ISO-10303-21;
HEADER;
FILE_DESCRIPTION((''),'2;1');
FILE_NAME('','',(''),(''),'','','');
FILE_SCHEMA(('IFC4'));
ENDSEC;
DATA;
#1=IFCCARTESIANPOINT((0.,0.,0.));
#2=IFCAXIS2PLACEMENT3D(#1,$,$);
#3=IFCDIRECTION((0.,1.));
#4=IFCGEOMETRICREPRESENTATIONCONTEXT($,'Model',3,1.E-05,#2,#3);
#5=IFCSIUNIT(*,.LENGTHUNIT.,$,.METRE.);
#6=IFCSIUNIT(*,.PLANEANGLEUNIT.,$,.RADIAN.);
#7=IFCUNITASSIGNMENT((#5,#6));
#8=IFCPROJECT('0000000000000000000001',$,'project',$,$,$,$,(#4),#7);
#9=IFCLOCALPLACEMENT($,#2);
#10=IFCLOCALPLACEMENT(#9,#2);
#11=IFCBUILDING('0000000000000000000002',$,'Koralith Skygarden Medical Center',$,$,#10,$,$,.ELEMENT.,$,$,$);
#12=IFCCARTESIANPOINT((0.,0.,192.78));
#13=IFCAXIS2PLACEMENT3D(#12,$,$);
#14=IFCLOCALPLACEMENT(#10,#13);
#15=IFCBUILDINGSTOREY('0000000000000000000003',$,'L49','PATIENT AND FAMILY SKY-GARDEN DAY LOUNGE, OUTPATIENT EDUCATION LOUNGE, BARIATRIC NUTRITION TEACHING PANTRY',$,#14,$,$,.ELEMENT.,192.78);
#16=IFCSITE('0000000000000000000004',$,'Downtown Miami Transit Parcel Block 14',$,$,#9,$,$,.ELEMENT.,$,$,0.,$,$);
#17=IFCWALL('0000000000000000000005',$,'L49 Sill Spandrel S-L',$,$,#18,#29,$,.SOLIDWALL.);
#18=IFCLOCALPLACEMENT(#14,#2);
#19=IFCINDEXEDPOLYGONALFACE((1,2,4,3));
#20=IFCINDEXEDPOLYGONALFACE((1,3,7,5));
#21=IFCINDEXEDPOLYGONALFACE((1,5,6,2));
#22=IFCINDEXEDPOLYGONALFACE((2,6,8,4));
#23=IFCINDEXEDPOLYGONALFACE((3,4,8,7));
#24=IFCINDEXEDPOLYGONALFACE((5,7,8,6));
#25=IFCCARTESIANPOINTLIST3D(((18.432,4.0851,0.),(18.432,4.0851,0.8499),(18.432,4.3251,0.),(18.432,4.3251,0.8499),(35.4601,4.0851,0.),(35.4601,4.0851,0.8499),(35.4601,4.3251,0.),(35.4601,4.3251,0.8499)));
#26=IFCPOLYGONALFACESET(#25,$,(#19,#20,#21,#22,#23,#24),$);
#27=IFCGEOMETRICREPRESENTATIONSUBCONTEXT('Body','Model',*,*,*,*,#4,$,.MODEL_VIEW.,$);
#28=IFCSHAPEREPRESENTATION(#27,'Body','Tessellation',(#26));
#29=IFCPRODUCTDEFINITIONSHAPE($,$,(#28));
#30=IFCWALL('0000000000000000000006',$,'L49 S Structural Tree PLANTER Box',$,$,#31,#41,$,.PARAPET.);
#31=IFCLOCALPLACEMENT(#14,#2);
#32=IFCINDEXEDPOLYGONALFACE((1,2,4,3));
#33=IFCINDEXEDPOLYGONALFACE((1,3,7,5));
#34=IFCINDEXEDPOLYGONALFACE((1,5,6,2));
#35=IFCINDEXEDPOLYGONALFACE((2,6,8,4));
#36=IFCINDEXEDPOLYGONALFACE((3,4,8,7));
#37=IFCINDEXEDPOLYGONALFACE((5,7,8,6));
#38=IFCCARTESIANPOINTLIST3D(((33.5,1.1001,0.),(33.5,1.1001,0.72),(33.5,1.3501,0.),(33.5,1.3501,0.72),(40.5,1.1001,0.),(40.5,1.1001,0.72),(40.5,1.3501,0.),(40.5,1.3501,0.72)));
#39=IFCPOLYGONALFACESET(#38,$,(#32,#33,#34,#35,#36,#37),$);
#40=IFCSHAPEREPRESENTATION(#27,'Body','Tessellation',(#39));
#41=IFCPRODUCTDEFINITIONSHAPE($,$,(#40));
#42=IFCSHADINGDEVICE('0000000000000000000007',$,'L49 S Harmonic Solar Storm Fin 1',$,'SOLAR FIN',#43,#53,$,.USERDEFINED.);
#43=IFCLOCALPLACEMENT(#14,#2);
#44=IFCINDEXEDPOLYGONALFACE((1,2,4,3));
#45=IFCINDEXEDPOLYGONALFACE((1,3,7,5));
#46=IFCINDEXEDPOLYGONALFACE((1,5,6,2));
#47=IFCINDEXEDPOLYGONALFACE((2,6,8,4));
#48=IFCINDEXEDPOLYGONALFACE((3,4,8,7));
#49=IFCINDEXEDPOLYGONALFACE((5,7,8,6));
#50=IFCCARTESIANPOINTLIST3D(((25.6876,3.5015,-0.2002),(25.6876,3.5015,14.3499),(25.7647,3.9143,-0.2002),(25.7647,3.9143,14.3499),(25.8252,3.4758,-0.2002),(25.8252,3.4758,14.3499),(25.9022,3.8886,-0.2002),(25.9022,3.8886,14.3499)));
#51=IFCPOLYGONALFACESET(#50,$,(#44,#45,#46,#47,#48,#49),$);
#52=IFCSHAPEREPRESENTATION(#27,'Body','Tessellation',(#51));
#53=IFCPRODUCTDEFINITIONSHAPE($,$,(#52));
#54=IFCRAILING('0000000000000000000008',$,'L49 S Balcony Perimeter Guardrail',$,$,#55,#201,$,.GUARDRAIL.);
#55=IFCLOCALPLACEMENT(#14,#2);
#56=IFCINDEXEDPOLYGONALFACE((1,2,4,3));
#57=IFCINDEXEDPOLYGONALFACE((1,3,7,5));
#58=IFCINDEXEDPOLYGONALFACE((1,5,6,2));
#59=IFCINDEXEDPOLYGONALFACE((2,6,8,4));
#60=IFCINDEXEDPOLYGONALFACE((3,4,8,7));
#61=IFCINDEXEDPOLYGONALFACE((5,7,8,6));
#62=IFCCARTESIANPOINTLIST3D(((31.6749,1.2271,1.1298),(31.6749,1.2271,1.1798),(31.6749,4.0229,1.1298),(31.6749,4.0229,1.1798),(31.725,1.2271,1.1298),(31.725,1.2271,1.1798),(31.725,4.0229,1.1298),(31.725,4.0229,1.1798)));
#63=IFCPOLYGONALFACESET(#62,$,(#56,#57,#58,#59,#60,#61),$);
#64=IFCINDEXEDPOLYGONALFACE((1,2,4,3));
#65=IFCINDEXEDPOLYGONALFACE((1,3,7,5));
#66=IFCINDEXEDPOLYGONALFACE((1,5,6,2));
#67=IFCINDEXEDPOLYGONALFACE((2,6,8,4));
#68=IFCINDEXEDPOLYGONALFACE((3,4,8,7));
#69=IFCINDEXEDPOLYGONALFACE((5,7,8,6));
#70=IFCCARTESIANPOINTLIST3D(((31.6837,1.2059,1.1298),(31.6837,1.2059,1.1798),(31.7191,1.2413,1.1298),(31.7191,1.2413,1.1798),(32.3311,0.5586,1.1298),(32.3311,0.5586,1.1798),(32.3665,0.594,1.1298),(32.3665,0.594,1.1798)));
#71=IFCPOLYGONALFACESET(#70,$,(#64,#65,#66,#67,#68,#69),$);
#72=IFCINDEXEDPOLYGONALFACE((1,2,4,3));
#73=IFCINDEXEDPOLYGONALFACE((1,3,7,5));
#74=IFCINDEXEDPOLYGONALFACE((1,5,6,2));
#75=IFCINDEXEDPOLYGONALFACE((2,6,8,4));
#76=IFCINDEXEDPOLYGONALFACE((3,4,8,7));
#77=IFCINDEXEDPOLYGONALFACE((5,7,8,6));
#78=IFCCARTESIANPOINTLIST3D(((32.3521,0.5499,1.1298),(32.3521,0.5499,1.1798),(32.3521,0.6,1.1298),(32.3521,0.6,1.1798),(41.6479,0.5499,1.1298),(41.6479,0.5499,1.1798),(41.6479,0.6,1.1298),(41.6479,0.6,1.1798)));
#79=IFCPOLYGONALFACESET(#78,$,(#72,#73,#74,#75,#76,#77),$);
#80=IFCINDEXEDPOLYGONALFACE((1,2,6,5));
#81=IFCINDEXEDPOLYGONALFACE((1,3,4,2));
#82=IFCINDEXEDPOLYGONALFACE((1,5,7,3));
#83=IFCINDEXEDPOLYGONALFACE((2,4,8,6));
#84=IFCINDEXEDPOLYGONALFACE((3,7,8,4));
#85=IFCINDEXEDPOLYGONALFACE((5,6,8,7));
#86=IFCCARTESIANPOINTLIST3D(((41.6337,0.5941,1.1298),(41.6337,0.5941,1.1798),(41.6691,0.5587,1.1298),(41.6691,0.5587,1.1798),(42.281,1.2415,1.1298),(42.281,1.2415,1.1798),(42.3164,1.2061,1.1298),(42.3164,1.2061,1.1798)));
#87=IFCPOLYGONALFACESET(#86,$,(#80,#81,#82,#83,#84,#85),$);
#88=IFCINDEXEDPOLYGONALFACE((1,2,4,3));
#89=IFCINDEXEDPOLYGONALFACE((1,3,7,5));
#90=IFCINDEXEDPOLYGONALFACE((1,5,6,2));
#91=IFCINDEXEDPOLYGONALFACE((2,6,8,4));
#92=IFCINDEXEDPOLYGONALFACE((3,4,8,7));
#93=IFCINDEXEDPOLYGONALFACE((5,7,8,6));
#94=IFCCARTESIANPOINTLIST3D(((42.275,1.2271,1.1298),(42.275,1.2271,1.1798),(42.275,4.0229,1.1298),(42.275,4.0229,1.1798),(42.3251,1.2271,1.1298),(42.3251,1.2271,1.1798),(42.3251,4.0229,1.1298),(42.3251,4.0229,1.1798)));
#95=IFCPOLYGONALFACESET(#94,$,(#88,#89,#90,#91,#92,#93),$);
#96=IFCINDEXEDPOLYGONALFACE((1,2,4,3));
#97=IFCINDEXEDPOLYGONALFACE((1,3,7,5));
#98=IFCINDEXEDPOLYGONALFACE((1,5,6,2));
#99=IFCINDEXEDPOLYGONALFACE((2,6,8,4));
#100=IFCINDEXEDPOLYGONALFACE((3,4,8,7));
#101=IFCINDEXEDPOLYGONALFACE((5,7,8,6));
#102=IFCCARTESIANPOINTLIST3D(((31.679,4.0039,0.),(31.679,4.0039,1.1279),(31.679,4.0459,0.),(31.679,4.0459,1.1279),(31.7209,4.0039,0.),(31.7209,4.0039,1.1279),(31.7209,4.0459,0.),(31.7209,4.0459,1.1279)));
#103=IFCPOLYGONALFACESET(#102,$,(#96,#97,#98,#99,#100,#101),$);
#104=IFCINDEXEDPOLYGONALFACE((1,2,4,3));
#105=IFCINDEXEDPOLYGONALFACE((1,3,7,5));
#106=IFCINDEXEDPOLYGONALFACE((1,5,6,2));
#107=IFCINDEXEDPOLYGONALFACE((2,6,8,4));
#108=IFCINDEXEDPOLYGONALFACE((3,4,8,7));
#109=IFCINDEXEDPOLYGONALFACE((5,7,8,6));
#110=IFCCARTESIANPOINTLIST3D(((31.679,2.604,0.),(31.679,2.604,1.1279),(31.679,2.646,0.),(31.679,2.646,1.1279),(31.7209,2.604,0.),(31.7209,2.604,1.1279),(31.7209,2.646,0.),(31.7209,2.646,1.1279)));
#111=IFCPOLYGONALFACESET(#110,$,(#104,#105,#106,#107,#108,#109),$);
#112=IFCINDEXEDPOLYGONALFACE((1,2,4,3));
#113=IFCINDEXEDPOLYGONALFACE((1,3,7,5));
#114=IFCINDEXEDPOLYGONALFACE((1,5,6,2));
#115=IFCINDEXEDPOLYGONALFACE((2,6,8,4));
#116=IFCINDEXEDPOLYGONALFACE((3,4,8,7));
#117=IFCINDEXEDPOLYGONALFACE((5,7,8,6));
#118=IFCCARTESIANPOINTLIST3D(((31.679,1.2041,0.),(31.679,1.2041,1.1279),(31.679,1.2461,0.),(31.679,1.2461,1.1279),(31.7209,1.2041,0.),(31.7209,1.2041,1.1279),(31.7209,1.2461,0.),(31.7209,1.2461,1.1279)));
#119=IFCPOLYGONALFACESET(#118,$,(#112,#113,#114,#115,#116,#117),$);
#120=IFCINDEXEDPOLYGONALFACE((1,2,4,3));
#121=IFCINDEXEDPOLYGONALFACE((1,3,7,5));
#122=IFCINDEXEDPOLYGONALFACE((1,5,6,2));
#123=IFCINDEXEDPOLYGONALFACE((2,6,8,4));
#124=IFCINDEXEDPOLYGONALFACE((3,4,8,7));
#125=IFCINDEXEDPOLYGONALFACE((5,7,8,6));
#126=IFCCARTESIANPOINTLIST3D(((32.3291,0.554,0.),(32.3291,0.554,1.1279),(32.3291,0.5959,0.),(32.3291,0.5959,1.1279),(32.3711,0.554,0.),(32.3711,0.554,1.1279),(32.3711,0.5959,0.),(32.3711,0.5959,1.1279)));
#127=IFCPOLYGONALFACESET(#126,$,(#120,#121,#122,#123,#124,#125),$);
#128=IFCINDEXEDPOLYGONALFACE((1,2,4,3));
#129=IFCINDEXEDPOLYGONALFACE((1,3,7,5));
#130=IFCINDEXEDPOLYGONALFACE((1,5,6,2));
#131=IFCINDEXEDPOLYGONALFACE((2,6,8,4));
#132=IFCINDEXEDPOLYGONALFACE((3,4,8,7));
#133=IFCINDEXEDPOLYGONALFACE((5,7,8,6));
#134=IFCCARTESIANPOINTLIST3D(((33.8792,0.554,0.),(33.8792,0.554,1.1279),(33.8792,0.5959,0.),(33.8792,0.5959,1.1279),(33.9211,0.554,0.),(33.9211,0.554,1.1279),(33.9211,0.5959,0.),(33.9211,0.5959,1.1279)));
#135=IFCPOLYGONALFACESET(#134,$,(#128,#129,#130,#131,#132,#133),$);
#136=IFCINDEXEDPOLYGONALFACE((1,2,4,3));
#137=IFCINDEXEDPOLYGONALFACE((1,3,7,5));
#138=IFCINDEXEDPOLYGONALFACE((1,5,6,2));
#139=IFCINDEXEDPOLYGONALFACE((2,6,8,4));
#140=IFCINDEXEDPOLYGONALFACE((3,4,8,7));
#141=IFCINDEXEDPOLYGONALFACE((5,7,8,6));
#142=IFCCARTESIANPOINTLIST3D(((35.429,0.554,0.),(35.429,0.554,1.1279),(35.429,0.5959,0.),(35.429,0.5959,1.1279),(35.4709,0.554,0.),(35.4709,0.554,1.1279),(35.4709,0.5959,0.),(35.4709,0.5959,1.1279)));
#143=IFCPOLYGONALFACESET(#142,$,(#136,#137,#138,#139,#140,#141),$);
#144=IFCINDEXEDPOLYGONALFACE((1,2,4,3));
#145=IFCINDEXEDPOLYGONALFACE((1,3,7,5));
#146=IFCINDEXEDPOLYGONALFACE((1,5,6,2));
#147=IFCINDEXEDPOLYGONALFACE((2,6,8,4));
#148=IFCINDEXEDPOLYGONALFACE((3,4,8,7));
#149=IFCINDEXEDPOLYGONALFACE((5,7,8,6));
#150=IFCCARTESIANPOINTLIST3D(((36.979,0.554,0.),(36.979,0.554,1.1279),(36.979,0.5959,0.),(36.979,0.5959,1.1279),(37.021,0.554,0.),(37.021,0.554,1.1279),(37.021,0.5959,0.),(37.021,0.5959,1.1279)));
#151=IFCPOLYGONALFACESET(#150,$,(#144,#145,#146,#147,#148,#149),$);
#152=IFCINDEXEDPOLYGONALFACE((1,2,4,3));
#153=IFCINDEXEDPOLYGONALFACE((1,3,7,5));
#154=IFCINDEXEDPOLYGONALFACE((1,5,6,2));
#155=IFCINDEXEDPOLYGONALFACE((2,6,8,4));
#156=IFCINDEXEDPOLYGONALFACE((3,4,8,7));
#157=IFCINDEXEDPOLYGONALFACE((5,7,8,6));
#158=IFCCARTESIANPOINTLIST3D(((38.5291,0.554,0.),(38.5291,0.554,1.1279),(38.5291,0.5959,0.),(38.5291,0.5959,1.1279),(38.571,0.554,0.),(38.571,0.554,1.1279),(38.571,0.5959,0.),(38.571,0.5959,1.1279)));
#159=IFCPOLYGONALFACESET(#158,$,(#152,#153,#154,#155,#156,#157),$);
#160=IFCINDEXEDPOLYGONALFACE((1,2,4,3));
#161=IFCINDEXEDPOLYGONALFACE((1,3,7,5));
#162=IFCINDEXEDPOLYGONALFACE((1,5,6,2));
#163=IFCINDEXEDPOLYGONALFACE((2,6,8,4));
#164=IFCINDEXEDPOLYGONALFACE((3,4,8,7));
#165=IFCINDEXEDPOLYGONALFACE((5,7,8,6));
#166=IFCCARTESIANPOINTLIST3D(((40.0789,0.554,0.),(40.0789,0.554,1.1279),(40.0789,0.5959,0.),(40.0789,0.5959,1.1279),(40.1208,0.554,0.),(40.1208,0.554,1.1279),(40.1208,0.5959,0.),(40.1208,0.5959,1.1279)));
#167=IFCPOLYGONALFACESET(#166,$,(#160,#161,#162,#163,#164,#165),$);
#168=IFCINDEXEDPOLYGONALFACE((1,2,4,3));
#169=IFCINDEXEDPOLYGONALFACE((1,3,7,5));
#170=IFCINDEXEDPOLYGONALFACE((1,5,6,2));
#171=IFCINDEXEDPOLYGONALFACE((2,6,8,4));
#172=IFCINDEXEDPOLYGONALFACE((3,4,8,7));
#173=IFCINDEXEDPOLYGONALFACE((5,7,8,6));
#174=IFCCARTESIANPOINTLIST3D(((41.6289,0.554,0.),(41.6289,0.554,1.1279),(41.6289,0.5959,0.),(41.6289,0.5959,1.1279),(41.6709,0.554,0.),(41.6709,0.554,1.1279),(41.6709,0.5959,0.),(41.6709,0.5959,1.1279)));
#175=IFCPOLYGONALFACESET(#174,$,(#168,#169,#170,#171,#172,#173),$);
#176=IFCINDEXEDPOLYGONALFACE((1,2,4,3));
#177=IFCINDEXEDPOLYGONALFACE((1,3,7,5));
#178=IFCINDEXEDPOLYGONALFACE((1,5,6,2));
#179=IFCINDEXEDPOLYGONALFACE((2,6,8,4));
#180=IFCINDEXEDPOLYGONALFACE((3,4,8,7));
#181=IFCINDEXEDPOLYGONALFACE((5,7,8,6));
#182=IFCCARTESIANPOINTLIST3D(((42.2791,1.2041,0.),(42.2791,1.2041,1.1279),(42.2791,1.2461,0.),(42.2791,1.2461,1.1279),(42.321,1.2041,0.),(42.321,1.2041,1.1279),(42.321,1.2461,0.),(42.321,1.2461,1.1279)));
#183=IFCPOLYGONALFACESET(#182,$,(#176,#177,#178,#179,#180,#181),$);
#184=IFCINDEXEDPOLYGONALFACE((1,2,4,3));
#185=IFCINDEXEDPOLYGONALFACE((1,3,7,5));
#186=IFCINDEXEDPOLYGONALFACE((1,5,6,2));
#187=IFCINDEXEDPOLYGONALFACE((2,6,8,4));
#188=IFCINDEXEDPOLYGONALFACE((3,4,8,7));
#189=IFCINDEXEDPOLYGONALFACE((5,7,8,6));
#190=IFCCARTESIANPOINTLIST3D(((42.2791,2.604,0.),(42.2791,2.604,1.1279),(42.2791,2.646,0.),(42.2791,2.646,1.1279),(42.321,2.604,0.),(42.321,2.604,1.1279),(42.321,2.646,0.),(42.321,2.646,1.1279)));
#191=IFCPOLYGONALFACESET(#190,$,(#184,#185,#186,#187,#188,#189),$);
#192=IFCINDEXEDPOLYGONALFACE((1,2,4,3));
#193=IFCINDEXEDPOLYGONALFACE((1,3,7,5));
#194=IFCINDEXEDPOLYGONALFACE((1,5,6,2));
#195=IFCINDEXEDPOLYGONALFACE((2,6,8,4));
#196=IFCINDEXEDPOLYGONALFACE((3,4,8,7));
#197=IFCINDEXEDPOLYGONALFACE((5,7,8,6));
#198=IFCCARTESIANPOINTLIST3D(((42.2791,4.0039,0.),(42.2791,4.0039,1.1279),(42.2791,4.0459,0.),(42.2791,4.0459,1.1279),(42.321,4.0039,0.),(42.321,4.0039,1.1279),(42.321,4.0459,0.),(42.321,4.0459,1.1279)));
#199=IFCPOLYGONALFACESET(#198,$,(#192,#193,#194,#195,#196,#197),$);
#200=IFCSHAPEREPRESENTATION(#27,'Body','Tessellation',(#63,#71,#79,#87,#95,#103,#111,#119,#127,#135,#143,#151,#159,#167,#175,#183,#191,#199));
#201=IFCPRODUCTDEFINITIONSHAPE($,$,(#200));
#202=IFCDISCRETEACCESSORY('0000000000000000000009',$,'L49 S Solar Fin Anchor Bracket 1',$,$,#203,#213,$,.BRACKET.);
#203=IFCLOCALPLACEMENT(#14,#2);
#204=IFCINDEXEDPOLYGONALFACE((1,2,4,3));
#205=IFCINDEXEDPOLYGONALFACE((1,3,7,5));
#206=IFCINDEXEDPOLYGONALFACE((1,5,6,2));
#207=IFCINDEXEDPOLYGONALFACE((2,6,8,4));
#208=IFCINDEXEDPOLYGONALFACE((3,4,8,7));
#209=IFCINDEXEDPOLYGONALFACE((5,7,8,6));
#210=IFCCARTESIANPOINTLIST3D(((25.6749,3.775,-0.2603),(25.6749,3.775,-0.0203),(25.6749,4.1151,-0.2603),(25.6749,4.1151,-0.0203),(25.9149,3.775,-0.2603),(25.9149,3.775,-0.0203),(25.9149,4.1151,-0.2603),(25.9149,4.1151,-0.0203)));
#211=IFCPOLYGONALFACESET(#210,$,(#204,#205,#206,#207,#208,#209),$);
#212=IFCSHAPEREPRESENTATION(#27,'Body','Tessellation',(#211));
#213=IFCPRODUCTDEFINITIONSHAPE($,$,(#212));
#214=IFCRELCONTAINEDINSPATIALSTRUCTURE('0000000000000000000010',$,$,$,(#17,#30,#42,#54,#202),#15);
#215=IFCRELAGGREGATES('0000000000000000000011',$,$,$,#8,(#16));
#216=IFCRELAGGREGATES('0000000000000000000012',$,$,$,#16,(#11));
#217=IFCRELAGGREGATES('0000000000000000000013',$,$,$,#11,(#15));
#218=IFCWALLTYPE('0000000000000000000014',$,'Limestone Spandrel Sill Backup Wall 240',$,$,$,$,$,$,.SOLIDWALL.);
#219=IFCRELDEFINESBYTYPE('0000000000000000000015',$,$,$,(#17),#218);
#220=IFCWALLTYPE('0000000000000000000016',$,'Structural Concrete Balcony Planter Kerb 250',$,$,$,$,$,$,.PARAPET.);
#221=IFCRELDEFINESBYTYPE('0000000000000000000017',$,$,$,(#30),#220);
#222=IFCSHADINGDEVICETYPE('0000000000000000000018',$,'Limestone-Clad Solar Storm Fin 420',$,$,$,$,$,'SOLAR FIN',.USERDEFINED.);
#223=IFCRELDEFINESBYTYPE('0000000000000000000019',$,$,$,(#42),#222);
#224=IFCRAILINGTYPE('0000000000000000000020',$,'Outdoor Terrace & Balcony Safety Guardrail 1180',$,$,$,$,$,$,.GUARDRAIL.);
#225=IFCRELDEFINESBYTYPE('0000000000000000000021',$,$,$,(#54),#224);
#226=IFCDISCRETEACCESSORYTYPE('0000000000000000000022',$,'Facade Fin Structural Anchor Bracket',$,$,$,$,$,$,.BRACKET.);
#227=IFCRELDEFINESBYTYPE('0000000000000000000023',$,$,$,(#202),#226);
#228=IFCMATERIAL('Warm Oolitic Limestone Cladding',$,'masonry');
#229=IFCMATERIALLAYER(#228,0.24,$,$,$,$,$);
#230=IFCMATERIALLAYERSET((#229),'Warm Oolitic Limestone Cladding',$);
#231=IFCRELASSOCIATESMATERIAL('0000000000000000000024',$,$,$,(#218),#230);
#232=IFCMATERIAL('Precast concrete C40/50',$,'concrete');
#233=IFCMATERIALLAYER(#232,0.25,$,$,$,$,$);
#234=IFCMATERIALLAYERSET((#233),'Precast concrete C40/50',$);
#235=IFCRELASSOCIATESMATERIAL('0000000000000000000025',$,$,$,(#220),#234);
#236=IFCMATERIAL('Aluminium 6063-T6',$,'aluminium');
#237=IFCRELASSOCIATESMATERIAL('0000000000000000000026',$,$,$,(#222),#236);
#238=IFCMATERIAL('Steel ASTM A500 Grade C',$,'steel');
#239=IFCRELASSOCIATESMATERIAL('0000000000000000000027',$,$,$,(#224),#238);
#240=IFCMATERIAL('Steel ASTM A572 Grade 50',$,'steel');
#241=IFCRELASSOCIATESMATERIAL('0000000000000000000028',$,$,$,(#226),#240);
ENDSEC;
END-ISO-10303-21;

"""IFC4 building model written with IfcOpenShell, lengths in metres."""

from ifc_helpers import new_model, si_unit, direction, frame, frame_2d, origin, origin_2d, place, context, subcontext, project, spatial, rectangle, extrude, material, layer, layer_set, type_object, element, save


model = new_model("IFC4")

# Units and contexts
model_context = context("Model", 3, precision=1e-05, world=origin(), true_north=direction((0.0, 1.0)))
body_context = subcontext(model_context, "Body", "Model", "MODEL_VIEW")
ifc_project = project(units=[si_unit("LENGTHUNIT", "METRE"), si_unit("PLANEANGLEUNIT", "RADIAN")], contexts=[model_context])

# Site, building, storey
site_placement = place(None, origin())
site = spatial("IfcSite", under=ifc_project, at=site_placement, Name="Downtown Miami Transit Parcel Block 14", CompositionType="ELEMENT", RefElevation=0.0)
building_placement = place(site_placement, origin())
building = spatial("IfcBuilding", under=site, at=building_placement, Name="Koralith Skygarden Medical Center", CompositionType="ELEMENT")
storey_placement = place(building_placement, frame((0.0, 0.0, 192.78)))
storey = spatial("IfcBuildingStorey", under=building, at=storey_placement, Name="L49", Description="PATIENT AND FAMILY SKY-GARDEN DAY LOUNGE, OUTPATIENT EDUCATION LOUNGE, BARIATRIC NUTRITION TEACHING PANTRY", CompositionType="ELEMENT", Elevation=192.78)

# Shared definitions
ifc_material_1 = material(Name="Aluminium 6063-T6", Category="aluminium")

# Shared definitions
ifc_material_2 = material(Name="Warm Oolitic Limestone Cladding", Category="masonry")

# Walls
ifc_layer_1 = layer(ifc_material_2, 0.24)
ifc_layer_set_1 = layer_set([ifc_layer_1], Name="Warm Oolitic Limestone Cladding")
wall_type_1 = type_object("IfcWallType", Name="Limestone Spandrel Sill Backup Wall 240", PredefinedType="SOLIDWALL", material=ifc_layer_set_1)
wall_1_placement = place(storey_placement, frame((18.4319, 4.2051, 0.0), z_axis=(0.0, 0.0, 1.0), x_axis=(1.0, 0.0, 0.0)))
element("IfcWall", 1, at=wall_1_placement, inside=storey, type_object=wall_type_1, Name="L49 Sill Spandrel S-L", PredefinedType="SOLIDWALL", context=body_context, shape_type="SweptSolid", body=[
    extrude(rectangle(XDim=17.0281, YDim=0.24, at=frame_2d((8.5142, 0.0))), origin(), (0.0, 0.0, 1.0), 0.8499),
])
ifc_material_3 = material(Name="Precast concrete C40/50", Category="concrete")
ifc_layer_2 = layer(ifc_material_3, 0.25)
ifc_layer_set_2 = layer_set([ifc_layer_2], Name="Precast concrete C40/50")
wall_type_2 = type_object("IfcWallType", Name="Structural Concrete Balcony Planter Kerb 250", PredefinedType="PARAPET", material=ifc_layer_set_2)
wall_2_placement = place(storey_placement, frame((33.5, 1.2251, 0.0), z_axis=(0.0, 0.0, 1.0), x_axis=(1.0, 0.0, 0.0)))
element("IfcWall", 2, at=wall_2_placement, inside=storey, type_object=wall_type_2, Name="L49 S Structural Tree PLANTER Box", PredefinedType="PARAPET", context=body_context, shape_type="SweptSolid", body=[
    extrude(rectangle(XDim=7.0, YDim=0.25, at=frame_2d((3.5, 0.0))), origin(), (0.0, 0.0, 1.0), 0.72),
])

# Shading device
shading_device_type = type_object("IfcShadingDeviceType", Name="Limestone-Clad Solar Storm Fin 420", ElementType="SOLAR FIN", PredefinedType="USERDEFINED", material=ifc_material_1)
shading_device_placement = place(storey_placement, frame((25.7949, 3.6951, -0.2002), z_axis=(0.0, 0.0, 1.0), x_axis=(-0.183505, -0.983019, 0.0)))
element("IfcShadingDevice", 3, at=shading_device_placement, inside=storey, type_object=shading_device_type, Name="L49 S Harmonic Solar Storm Fin 1", ObjectType="SOLAR FIN", PredefinedType="USERDEFINED", context=body_context, shape_type="SweptSolid", body=[
    extrude(rectangle(XDim=0.4199, YDim=0.1399, at=origin_2d()), origin(), (0.0, 0.0, 1.0), 14.55),
])

# Railing
ifc_material_4 = material(Name="Steel ASTM A500 Grade C", Category="steel")
railing_type = type_object("IfcRailingType", Name="Outdoor Terrace & Balcony Safety Guardrail 1180", PredefinedType="GUARDRAIL", material=ifc_material_4)
railing_placement = place(storey_placement, frame((31.7, 4.0249, 0.0)))
element("IfcRailing", 4, at=railing_placement, inside=storey, type_object=railing_type, Name="L49 S Balcony Perimeter Guardrail", PredefinedType="GUARDRAIL", context=body_context, shape_type="SweptSolid", body=[
    extrude(rectangle(XDim=0.05, YDim=0.05, at=origin_2d()), frame((0.0, -0.002, 1.1548), z_axis=(0.0, -1.0, 0.0), x_axis=(1.0, 0.0, 0.0)), (0.0, 0.0, 1.0), 2.7959),
    extrude(rectangle(XDim=0.05, YDim=0.05, at=origin_2d()), frame((0.0015, -2.8013, 1.1548), z_axis=(0.707107, -0.707107, 0.0), x_axis=(0.707107, 0.707107, 0.0)), (0.0, 0.0, 1.0), 0.9155),
    extrude(rectangle(XDim=0.05, YDim=0.05, at=origin_2d()), frame((0.6521, -3.45, 1.1548), z_axis=(1.0, 0.0, 0.0), x_axis=(0.0, 1.0, 0.0)), (0.0, 0.0, 1.0), 9.2959),
    extrude(rectangle(XDim=0.05, YDim=0.05, at=origin_2d()), frame((9.9514, -3.4485, 1.1548), z_axis=(0.707107, 0.707107, 0.0), x_axis=(-0.707107, 0.707107, 0.0)), (0.0, 0.0, 1.0), 0.9155),
    extrude(rectangle(XDim=0.05, YDim=0.05, at=origin_2d()), frame((10.6001, -2.7979, 1.1548), z_axis=(0.0, 1.0, 0.0), x_axis=(-1.0, 0.0, 0.0)), (0.0, 0.0, 1.0), 2.7959),
    extrude(rectangle(XDim=0.042, YDim=0.042, at=origin_2d()), origin(), (0.0, 0.0, 1.0), 1.1279),
    extrude(rectangle(XDim=0.042, YDim=0.042, at=origin_2d()), frame((0.0, -1.3999, 0.0)), (0.0, 0.0, 1.0), 1.1279),
    extrude(rectangle(XDim=0.042, YDim=0.042, at=origin_2d()), frame((0.0, -2.7998, 0.0)), (0.0, 0.0, 1.0), 1.1279),
    extrude(rectangle(XDim=0.042, YDim=0.042, at=origin_2d()), frame((0.6501, -3.45, 0.0)), (0.0, 0.0, 1.0), 1.1279),
    extrude(rectangle(XDim=0.042, YDim=0.042, at=origin_2d()), frame((2.2002, -3.45, 0.0)), (0.0, 0.0, 1.0), 1.1279),
    extrude(rectangle(XDim=0.042, YDim=0.042, at=origin_2d()), frame((3.75, -3.45, 0.0)), (0.0, 0.0, 1.0), 1.1279),
    extrude(rectangle(XDim=0.042, YDim=0.042, at=origin_2d()), frame((5.3, -3.45, 0.0)), (0.0, 0.0, 1.0), 1.1279),
    extrude(rectangle(XDim=0.042, YDim=0.042, at=origin_2d()), frame((6.8501, -3.45, 0.0)), (0.0, 0.0, 1.0), 1.1279),
    extrude(rectangle(XDim=0.042, YDim=0.042, at=origin_2d()), frame((8.3999, -3.45, 0.0)), (0.0, 0.0, 1.0), 1.1279),
    extrude(rectangle(XDim=0.042, YDim=0.042, at=origin_2d()), frame((9.95, -3.45, 0.0)), (0.0, 0.0, 1.0), 1.1279),
    extrude(rectangle(XDim=0.042, YDim=0.042, at=origin_2d()), frame((10.6001, -2.7998, 0.0)), (0.0, 0.0, 1.0), 1.1279),
    extrude(rectangle(XDim=0.042, YDim=0.042, at=origin_2d()), frame((10.6001, -1.3999, 0.0)), (0.0, 0.0, 1.0), 1.1279),
    extrude(rectangle(XDim=0.042, YDim=0.042, at=origin_2d()), frame((10.6001, 0.0, 0.0)), (0.0, 0.0, 1.0), 1.1279),
])

# Discrete accessory
ifc_material_5 = material(Name="Steel ASTM A572 Grade 50", Category="steel")
discrete_accessory_type = type_object("IfcDiscreteAccessoryType", Name="Facade Fin Structural Anchor Bracket", PredefinedType="BRACKET", material=ifc_material_5)
discrete_accessory_placement = place(storey_placement, frame((25.7949, 3.9451, -0.2603), z_axis=(0.0, 0.0, 1.0), x_axis=(0.0, -1.0, 0.0)))
element("IfcDiscreteAccessory", 5, at=discrete_accessory_placement, inside=storey, type_object=discrete_accessory_type, Name="L49 S Solar Fin Anchor Bracket 1", PredefinedType="BRACKET", context=body_context, shape_type="SweptSolid", body=[
    extrude(rectangle(XDim=0.3401, YDim=0.24, at=origin_2d()), origin(), (0.0, 0.0, 1.0), 0.24),
])

save(model, "model.ifc")
